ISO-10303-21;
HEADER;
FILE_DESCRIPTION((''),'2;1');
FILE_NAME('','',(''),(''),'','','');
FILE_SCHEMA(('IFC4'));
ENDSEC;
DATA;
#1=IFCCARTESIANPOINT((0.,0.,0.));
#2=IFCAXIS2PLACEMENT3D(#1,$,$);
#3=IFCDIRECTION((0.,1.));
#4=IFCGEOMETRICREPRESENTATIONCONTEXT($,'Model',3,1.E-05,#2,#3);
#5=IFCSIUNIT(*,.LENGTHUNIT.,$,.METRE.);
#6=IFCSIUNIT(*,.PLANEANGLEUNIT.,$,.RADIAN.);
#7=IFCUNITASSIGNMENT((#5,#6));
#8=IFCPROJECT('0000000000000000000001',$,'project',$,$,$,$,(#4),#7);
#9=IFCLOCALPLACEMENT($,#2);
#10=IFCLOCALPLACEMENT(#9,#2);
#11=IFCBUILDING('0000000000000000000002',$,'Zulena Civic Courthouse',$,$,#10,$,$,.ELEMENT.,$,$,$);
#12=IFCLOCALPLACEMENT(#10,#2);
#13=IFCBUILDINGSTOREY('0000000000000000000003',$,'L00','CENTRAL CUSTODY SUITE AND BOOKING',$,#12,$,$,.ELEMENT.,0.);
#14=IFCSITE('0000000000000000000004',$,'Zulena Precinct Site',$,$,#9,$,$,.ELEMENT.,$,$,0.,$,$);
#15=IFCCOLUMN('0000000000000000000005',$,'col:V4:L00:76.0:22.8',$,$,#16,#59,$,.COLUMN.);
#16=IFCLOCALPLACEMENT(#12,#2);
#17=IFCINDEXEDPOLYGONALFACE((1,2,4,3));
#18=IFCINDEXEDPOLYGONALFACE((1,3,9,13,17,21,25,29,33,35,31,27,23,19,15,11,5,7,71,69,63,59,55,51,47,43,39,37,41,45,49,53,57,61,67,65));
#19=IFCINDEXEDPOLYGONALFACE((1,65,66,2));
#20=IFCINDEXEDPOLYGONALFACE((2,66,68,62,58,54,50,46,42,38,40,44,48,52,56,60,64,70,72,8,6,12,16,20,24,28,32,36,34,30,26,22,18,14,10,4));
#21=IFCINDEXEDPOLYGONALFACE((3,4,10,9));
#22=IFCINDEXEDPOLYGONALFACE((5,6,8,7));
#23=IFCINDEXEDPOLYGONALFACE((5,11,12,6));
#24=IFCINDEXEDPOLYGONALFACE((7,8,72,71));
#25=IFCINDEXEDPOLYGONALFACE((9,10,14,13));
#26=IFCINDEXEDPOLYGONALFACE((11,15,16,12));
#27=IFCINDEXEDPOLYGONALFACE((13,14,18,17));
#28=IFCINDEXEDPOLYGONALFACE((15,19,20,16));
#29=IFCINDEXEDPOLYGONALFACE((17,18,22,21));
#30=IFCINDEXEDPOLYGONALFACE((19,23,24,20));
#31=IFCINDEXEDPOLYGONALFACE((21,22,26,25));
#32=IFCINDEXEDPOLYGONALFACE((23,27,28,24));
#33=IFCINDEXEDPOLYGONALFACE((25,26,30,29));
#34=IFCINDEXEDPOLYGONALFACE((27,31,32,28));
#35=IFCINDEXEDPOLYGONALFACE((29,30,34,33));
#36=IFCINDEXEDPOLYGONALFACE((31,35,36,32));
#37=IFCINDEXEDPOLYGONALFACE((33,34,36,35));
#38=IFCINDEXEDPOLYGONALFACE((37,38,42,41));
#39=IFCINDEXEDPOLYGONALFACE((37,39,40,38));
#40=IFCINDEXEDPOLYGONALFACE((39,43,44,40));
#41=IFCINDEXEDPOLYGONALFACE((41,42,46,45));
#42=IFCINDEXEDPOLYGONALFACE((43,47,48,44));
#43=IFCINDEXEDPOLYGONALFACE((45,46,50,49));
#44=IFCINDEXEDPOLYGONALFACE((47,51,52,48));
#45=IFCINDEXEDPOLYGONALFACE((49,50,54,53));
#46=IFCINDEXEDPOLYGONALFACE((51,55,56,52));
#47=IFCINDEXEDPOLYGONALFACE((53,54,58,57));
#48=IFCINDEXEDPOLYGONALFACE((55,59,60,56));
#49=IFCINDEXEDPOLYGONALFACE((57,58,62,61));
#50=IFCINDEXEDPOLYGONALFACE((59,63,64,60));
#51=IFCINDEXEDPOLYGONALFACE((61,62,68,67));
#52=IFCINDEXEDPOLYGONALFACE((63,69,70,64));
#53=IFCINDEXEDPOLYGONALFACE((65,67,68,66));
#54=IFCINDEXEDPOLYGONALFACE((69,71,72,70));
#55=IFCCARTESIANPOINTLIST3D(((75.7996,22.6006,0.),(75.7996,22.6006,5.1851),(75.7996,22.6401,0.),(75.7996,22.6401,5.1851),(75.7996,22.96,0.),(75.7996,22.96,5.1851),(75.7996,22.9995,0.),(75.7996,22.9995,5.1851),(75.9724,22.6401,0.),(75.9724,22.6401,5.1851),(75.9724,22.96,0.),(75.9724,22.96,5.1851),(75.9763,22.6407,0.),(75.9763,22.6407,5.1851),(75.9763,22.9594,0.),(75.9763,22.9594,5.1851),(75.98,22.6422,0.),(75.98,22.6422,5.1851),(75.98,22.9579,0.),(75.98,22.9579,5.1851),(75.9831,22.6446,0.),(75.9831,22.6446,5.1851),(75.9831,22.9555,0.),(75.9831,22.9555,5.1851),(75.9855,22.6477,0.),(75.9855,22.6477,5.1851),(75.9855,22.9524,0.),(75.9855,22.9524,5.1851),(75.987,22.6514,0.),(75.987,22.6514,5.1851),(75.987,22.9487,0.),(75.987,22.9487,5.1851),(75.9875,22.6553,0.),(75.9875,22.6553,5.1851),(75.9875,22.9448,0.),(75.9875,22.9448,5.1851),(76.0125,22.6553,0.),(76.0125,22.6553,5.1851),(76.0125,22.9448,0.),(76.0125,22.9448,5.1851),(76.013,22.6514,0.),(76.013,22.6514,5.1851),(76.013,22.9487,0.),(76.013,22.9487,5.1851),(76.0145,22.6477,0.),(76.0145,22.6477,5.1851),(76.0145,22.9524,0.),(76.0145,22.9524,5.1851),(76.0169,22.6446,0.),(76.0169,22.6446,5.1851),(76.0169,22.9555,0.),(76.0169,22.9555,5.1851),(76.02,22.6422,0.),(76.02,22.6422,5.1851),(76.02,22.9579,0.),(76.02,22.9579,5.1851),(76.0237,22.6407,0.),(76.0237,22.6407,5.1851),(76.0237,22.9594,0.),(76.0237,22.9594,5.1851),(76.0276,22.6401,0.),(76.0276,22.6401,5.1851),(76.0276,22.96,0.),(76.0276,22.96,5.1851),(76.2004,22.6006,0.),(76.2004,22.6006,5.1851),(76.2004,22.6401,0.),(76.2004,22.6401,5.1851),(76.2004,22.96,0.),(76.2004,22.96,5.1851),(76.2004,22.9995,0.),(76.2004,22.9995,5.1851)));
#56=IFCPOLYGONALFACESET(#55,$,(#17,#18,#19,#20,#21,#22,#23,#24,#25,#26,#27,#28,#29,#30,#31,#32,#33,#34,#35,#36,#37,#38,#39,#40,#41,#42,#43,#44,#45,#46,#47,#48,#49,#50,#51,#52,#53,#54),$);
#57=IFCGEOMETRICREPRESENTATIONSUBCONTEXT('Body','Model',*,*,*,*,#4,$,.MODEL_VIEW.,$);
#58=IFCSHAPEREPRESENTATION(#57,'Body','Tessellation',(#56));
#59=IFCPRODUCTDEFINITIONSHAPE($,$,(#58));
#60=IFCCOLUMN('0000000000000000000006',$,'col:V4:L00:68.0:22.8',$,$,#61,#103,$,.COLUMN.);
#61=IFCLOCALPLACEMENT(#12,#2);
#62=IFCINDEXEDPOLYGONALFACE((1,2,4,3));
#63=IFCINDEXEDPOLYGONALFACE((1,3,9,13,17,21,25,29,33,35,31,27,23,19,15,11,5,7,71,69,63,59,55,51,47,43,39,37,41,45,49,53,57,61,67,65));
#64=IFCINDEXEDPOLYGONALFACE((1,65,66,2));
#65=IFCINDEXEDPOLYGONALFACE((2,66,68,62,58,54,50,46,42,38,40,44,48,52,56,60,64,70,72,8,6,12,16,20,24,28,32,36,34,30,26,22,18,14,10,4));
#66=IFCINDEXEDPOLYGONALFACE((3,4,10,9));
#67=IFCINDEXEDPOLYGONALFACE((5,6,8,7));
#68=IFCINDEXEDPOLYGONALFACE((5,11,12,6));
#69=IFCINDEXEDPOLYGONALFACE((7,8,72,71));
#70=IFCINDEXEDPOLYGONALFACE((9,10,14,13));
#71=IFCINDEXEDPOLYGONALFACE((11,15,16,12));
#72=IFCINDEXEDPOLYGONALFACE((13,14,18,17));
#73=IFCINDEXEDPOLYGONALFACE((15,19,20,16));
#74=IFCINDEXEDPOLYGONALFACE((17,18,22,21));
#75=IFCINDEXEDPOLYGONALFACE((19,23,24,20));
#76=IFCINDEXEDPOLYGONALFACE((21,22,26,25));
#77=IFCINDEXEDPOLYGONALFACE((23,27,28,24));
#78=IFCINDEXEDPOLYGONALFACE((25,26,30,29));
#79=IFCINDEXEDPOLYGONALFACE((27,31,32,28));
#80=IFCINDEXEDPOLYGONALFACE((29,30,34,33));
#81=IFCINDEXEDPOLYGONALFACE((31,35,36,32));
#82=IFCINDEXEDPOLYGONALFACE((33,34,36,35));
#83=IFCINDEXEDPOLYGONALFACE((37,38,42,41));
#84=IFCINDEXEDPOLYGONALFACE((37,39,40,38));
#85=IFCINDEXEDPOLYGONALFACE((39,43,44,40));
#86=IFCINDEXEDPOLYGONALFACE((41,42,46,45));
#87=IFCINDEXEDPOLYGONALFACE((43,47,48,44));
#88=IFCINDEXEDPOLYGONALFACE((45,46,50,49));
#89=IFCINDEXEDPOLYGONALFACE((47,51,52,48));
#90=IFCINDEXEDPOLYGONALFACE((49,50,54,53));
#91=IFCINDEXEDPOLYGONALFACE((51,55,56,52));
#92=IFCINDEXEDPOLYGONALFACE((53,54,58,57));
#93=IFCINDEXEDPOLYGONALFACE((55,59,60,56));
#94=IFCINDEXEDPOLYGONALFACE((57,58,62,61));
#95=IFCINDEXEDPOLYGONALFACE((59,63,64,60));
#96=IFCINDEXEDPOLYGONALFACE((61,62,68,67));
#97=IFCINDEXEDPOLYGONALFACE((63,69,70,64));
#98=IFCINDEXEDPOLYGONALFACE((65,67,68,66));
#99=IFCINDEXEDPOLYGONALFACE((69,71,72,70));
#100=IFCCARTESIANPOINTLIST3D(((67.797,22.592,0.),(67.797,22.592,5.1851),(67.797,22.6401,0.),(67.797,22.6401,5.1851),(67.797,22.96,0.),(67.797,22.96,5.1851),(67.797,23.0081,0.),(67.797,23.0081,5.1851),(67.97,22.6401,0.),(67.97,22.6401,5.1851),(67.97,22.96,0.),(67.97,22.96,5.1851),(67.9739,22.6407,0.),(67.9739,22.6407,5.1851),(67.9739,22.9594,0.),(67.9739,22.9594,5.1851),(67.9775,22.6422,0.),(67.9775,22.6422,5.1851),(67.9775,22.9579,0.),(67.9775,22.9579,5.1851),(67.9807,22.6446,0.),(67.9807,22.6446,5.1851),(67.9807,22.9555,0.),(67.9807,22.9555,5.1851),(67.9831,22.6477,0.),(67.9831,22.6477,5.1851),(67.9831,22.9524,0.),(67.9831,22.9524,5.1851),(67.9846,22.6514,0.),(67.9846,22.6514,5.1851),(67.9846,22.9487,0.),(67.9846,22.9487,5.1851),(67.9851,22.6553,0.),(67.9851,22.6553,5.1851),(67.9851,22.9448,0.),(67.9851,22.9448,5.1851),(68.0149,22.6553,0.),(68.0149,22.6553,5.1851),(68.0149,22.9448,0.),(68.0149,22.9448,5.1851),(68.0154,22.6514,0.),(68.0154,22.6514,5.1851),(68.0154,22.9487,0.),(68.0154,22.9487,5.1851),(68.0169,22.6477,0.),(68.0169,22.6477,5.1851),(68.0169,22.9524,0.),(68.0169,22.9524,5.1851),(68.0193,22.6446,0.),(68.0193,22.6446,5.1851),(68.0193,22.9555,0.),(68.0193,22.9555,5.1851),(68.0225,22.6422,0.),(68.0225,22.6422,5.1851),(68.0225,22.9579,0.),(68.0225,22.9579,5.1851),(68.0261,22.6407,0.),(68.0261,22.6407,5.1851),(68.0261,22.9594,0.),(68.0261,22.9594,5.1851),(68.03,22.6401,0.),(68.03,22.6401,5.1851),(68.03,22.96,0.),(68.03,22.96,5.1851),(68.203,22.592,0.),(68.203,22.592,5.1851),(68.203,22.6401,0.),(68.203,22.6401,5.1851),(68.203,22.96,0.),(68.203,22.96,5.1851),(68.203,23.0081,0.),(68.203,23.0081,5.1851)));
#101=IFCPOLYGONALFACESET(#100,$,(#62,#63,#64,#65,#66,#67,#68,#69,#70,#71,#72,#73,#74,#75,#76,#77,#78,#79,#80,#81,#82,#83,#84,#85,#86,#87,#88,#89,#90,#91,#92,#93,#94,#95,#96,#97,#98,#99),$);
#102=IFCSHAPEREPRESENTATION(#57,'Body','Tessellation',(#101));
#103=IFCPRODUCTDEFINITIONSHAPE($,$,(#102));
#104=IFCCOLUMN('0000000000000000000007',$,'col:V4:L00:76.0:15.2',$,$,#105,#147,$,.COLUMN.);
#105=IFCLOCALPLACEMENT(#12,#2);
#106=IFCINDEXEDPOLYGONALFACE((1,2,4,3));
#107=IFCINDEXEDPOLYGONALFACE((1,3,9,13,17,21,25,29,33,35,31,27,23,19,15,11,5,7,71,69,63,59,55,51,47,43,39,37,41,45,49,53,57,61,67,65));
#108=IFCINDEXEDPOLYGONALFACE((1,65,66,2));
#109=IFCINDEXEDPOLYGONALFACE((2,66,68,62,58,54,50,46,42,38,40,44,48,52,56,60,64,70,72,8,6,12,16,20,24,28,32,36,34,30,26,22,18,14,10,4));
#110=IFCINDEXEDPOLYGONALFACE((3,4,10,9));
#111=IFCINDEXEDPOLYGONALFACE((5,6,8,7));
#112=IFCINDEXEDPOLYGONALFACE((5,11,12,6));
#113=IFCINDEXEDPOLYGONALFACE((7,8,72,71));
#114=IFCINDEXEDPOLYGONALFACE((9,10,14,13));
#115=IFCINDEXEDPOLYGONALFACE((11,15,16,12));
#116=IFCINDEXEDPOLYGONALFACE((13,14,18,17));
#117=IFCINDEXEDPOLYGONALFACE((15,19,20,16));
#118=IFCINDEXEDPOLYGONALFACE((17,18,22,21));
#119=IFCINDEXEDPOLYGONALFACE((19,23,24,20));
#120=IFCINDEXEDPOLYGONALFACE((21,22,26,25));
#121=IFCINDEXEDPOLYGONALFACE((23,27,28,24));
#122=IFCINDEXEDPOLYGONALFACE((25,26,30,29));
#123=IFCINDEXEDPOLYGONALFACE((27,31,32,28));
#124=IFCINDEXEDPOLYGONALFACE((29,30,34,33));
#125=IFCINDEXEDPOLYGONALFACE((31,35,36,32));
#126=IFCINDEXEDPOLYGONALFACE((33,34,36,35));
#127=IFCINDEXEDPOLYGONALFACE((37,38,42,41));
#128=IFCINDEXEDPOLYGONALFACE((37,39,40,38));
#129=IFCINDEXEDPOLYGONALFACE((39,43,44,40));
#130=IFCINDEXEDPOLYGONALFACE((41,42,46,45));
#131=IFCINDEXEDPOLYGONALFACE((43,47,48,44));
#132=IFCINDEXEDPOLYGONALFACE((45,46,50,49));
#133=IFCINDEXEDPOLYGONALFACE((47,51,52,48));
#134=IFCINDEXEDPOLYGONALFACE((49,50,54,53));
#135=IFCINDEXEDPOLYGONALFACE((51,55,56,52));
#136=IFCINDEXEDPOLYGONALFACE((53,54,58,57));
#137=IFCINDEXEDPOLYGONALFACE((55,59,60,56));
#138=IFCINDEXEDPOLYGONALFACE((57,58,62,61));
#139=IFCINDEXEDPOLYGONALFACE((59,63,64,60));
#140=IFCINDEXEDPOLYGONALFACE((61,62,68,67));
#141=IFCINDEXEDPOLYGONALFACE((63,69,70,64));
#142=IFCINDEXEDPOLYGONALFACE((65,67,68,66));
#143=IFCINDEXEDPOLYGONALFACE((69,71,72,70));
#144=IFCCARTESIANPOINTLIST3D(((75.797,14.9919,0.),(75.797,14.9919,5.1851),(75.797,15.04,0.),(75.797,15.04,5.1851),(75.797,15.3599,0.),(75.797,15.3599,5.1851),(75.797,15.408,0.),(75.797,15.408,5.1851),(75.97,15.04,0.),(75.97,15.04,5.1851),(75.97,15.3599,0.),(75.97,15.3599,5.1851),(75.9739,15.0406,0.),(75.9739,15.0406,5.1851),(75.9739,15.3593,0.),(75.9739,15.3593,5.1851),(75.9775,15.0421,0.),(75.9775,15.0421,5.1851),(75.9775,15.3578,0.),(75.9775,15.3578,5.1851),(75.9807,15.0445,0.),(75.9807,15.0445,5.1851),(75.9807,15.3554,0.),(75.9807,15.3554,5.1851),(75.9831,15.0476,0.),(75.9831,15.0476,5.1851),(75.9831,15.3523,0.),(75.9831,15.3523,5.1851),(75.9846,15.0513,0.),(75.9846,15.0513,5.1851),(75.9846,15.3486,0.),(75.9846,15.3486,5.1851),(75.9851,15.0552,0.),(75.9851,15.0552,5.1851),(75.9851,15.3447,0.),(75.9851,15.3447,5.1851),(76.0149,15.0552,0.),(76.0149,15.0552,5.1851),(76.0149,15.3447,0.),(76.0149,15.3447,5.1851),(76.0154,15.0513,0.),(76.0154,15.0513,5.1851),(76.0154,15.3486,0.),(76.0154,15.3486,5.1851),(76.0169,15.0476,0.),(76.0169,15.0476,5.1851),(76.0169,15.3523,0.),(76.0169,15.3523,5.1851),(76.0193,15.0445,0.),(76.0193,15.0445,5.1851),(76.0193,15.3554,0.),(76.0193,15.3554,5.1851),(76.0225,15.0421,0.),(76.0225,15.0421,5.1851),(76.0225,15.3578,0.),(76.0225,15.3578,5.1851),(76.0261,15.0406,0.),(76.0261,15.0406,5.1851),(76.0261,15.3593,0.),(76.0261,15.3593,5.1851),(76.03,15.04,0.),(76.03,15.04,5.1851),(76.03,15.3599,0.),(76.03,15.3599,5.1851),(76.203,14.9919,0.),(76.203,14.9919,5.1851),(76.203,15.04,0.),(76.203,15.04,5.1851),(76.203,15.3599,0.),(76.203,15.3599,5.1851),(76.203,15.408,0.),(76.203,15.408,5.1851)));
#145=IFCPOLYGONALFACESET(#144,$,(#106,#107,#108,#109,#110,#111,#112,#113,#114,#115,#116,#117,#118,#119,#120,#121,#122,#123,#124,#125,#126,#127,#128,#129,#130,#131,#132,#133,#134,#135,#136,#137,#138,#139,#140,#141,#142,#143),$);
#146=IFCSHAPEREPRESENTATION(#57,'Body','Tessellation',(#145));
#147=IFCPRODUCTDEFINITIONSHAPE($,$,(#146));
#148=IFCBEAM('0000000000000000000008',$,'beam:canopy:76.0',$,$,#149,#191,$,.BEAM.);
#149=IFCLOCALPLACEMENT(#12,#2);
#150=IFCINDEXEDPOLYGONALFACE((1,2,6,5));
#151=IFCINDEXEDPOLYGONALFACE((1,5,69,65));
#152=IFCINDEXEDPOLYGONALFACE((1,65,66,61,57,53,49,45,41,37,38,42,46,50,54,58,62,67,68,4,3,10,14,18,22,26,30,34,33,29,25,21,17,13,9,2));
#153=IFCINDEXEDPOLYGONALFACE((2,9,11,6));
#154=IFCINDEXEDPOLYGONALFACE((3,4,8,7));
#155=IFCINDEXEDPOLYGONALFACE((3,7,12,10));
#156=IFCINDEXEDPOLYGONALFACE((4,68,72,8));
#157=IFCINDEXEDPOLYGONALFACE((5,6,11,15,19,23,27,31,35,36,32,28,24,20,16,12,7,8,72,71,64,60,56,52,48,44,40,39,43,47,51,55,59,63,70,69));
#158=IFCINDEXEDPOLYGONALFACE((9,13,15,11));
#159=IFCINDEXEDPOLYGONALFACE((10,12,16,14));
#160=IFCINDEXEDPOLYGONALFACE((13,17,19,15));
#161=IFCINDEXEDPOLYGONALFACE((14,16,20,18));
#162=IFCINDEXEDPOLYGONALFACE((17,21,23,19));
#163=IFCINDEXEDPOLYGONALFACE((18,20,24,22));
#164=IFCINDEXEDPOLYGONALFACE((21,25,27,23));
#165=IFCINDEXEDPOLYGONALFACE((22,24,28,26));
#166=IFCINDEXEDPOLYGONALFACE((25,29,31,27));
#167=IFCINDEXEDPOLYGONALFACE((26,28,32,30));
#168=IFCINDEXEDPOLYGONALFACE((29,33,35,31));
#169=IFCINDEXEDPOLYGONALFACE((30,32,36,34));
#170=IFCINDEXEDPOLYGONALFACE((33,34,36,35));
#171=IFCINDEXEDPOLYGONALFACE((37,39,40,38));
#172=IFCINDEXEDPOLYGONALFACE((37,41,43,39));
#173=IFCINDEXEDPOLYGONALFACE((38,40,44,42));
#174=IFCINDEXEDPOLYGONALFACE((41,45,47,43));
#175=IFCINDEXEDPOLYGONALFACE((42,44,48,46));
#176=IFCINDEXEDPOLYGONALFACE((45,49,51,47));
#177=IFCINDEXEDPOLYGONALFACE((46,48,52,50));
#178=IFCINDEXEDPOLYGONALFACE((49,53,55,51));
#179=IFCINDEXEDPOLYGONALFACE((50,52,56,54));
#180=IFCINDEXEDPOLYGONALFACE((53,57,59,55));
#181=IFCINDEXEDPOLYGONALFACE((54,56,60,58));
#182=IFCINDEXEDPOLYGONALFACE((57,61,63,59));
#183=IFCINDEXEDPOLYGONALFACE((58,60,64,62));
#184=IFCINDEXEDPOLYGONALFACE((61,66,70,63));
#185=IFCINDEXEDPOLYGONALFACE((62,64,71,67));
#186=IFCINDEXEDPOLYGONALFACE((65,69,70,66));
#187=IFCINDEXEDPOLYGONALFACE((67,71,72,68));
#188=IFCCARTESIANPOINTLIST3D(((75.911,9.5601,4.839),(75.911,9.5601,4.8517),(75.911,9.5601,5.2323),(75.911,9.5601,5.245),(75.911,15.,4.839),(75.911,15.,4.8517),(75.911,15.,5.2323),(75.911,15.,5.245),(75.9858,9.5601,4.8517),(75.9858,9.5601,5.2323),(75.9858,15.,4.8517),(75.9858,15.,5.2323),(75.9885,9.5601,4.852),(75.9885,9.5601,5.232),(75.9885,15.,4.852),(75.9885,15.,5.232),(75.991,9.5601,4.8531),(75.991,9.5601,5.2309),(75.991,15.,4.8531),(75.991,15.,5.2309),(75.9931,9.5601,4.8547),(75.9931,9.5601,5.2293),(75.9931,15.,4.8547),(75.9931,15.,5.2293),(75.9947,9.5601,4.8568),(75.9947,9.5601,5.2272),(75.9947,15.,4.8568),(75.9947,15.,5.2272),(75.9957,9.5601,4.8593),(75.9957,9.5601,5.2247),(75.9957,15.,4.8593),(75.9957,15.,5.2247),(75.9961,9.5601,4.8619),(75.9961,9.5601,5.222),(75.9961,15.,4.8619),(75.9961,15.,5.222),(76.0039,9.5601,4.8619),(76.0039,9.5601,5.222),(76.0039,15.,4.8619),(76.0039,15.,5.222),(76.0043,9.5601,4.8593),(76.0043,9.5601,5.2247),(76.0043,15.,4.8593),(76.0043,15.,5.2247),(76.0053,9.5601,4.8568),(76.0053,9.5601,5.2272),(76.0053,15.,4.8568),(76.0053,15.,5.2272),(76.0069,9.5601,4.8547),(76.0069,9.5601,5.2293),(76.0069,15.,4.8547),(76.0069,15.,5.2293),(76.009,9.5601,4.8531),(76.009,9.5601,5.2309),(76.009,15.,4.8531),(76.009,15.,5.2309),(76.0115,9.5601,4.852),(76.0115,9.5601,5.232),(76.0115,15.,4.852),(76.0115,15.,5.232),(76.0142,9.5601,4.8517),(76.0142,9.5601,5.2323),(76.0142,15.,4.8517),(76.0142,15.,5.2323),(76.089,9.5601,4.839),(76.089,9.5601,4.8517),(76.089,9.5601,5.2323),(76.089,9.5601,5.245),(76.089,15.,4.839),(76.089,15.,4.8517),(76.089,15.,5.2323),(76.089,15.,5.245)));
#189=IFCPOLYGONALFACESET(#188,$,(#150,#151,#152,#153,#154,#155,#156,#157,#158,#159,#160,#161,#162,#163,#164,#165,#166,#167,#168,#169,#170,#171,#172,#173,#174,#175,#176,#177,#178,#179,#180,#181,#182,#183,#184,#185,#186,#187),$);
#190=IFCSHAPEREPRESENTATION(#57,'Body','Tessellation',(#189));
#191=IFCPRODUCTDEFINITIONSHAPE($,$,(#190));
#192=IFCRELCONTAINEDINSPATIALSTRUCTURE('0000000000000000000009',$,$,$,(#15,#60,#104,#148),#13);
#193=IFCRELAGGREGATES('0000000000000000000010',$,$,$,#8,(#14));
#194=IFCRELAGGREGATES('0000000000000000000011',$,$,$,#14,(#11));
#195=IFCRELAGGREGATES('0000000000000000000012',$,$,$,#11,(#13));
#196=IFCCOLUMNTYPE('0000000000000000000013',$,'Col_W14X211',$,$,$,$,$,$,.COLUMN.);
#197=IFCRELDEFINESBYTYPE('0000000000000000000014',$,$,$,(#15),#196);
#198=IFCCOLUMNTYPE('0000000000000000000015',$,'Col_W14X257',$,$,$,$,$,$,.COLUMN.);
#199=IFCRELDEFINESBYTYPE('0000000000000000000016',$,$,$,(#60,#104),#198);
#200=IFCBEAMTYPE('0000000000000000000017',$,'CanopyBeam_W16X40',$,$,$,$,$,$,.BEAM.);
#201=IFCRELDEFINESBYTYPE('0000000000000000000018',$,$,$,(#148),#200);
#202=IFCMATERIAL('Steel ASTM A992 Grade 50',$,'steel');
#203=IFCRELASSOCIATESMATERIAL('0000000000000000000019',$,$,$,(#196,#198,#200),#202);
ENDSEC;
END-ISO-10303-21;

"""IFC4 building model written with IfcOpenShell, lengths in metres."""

from ifc_helpers import new_model, si_unit, direction, frame, origin, origin_2d, place, context, subcontext, project, spatial, i_section, extrude, material, material_profile, profile_set, type_object, element, save


model = new_model("IFC4")

# Units and contexts
model_context = context("Model", 3, precision=1e-05, world=origin(), true_north=direction((0.0, 1.0)))
body_context = subcontext(model_context, "Body", "Model", "MODEL_VIEW")
ifc_project = project(units=[si_unit("LENGTHUNIT", "METRE"), si_unit("PLANEANGLEUNIT", "RADIAN")], contexts=[model_context])

# Site, building, storey
site_placement = place(None, origin())
site = spatial("IfcSite", under=ifc_project, at=site_placement, Name="Zulena Precinct Site", CompositionType="ELEMENT", RefElevation=0.0)
building_placement = place(site_placement, origin())
building = spatial("IfcBuilding", under=site, at=building_placement, Name="Zulena Civic Courthouse", CompositionType="ELEMENT")
storey_placement = place(building_placement, origin())
storey = spatial("IfcBuildingStorey", under=building, at=storey_placement, Name="L00", Description="CENTRAL CUSTODY SUITE AND BOOKING", CompositionType="ELEMENT", Elevation=0.0)

# Columns
ifc_material_1 = material(Name="Steel ASTM A992 Grade 50", Category="steel")
ifc_material_profile_1 = material_profile(ifc_material_1, i_section(OverallWidth=0.4009, OverallDepth=0.3989, WebThickness=0.0249, FlangeThickness=0.0396, FilletRadius=0.0151, at=origin_2d()), Name="W14X211")
ifc_profile_set_1 = profile_set([ifc_material_profile_1], Name="Steel ASTM A992 Grade 50")
column_type_1 = type_object("IfcColumnType", Name="Col_W14X211", PredefinedType="COLUMN", material=ifc_profile_set_1)
column_1_placement = place(storey_placement, frame((76.0, 22.8, 0.0), z_axis=(0.0, 0.0, 1.0), x_axis=(1.0, 0.0, 0.0)))
element("IfcColumn", 1, at=column_1_placement, inside=storey, type_object=column_type_1, Name="col:V4:L00:76.0:22.8", PredefinedType="COLUMN", context=body_context, shape_type="SweptSolid", body=[
    extrude(i_section(OverallWidth=0.4009, OverallDepth=0.3989, WebThickness=0.0249, FlangeThickness=0.0396, FilletRadius=0.0151, at=origin_2d()), origin(), (0.0, 0.0, 1.0), 5.1851),
])
ifc_material_profile_2 = material_profile(ifc_material_1, i_section(OverallWidth=0.406, OverallDepth=0.416, WebThickness=0.0298, FlangeThickness=0.0481, FilletRadius=0.0151, at=origin_2d()), Name="W14X257")
ifc_profile_set_2 = profile_set([ifc_material_profile_2], Name="Steel ASTM A992 Grade 50")
column_type_2 = type_object("IfcColumnType", Name="Col_W14X257", PredefinedType="COLUMN", material=ifc_profile_set_2)
for number, where, z_axis, x_axis, name in (
    (2, (68.0, 22.8, 0.0), (0.0, 0.0, 1.0), (1.0, 0.0, 0.0), "col:V4:L00:68.0:22.8"),
    (3, (76.0, 15.2, 0.0), (0.0, 0.0, 1.0), (1.0, 0.0, 0.0), "col:V4:L00:76.0:15.2"),
):
    element("IfcColumn", number, at=place(storey_placement, frame(where, z_axis=z_axis, x_axis=x_axis)), inside=storey, type_object=column_type_2, Name=name, PredefinedType="COLUMN", context=body_context, shape_type="SweptSolid", body=[
        extrude(i_section(OverallWidth=0.406, OverallDepth=0.416, WebThickness=0.0298, FlangeThickness=0.0481, FilletRadius=0.0151, at=origin_2d()), origin(), (0.0, 0.0, 1.0), 5.1851),
    ])

# Beam
ifc_material_profile_3 = material_profile(ifc_material_1, i_section(OverallWidth=0.178, OverallDepth=0.406, WebThickness=0.0078, FlangeThickness=0.0127, FilletRadius=0.0103, at=origin_2d()), Name="W16X40")
ifc_profile_set_3 = profile_set([ifc_material_profile_3], Name="Steel ASTM A992 Grade 50")
beam_type_1 = type_object("IfcBeamType", Name="CanopyBeam_W16X40", PredefinedType="BEAM", material=ifc_profile_set_3)
beam_1_placement = place(storey_placement, frame((76.0, 9.5601, 5.042), z_axis=(0.0, 1.0, 0.0), x_axis=(-1.0, 0.0, 0.0)))
element("IfcBeam", 4, at=beam_1_placement, inside=storey, type_object=beam_type_1, Name="beam:canopy:76.0", PredefinedType="BEAM", context=body_context, shape_type="SweptSolid", body=[
    extrude(i_section(OverallWidth=0.178, OverallDepth=0.406, WebThickness=0.0078, FlangeThickness=0.0127, FilletRadius=0.0103, at=origin_2d()), origin(), (0.0, 0.0, 1.0), 5.4399),
])

save(model, "model.ifc")
